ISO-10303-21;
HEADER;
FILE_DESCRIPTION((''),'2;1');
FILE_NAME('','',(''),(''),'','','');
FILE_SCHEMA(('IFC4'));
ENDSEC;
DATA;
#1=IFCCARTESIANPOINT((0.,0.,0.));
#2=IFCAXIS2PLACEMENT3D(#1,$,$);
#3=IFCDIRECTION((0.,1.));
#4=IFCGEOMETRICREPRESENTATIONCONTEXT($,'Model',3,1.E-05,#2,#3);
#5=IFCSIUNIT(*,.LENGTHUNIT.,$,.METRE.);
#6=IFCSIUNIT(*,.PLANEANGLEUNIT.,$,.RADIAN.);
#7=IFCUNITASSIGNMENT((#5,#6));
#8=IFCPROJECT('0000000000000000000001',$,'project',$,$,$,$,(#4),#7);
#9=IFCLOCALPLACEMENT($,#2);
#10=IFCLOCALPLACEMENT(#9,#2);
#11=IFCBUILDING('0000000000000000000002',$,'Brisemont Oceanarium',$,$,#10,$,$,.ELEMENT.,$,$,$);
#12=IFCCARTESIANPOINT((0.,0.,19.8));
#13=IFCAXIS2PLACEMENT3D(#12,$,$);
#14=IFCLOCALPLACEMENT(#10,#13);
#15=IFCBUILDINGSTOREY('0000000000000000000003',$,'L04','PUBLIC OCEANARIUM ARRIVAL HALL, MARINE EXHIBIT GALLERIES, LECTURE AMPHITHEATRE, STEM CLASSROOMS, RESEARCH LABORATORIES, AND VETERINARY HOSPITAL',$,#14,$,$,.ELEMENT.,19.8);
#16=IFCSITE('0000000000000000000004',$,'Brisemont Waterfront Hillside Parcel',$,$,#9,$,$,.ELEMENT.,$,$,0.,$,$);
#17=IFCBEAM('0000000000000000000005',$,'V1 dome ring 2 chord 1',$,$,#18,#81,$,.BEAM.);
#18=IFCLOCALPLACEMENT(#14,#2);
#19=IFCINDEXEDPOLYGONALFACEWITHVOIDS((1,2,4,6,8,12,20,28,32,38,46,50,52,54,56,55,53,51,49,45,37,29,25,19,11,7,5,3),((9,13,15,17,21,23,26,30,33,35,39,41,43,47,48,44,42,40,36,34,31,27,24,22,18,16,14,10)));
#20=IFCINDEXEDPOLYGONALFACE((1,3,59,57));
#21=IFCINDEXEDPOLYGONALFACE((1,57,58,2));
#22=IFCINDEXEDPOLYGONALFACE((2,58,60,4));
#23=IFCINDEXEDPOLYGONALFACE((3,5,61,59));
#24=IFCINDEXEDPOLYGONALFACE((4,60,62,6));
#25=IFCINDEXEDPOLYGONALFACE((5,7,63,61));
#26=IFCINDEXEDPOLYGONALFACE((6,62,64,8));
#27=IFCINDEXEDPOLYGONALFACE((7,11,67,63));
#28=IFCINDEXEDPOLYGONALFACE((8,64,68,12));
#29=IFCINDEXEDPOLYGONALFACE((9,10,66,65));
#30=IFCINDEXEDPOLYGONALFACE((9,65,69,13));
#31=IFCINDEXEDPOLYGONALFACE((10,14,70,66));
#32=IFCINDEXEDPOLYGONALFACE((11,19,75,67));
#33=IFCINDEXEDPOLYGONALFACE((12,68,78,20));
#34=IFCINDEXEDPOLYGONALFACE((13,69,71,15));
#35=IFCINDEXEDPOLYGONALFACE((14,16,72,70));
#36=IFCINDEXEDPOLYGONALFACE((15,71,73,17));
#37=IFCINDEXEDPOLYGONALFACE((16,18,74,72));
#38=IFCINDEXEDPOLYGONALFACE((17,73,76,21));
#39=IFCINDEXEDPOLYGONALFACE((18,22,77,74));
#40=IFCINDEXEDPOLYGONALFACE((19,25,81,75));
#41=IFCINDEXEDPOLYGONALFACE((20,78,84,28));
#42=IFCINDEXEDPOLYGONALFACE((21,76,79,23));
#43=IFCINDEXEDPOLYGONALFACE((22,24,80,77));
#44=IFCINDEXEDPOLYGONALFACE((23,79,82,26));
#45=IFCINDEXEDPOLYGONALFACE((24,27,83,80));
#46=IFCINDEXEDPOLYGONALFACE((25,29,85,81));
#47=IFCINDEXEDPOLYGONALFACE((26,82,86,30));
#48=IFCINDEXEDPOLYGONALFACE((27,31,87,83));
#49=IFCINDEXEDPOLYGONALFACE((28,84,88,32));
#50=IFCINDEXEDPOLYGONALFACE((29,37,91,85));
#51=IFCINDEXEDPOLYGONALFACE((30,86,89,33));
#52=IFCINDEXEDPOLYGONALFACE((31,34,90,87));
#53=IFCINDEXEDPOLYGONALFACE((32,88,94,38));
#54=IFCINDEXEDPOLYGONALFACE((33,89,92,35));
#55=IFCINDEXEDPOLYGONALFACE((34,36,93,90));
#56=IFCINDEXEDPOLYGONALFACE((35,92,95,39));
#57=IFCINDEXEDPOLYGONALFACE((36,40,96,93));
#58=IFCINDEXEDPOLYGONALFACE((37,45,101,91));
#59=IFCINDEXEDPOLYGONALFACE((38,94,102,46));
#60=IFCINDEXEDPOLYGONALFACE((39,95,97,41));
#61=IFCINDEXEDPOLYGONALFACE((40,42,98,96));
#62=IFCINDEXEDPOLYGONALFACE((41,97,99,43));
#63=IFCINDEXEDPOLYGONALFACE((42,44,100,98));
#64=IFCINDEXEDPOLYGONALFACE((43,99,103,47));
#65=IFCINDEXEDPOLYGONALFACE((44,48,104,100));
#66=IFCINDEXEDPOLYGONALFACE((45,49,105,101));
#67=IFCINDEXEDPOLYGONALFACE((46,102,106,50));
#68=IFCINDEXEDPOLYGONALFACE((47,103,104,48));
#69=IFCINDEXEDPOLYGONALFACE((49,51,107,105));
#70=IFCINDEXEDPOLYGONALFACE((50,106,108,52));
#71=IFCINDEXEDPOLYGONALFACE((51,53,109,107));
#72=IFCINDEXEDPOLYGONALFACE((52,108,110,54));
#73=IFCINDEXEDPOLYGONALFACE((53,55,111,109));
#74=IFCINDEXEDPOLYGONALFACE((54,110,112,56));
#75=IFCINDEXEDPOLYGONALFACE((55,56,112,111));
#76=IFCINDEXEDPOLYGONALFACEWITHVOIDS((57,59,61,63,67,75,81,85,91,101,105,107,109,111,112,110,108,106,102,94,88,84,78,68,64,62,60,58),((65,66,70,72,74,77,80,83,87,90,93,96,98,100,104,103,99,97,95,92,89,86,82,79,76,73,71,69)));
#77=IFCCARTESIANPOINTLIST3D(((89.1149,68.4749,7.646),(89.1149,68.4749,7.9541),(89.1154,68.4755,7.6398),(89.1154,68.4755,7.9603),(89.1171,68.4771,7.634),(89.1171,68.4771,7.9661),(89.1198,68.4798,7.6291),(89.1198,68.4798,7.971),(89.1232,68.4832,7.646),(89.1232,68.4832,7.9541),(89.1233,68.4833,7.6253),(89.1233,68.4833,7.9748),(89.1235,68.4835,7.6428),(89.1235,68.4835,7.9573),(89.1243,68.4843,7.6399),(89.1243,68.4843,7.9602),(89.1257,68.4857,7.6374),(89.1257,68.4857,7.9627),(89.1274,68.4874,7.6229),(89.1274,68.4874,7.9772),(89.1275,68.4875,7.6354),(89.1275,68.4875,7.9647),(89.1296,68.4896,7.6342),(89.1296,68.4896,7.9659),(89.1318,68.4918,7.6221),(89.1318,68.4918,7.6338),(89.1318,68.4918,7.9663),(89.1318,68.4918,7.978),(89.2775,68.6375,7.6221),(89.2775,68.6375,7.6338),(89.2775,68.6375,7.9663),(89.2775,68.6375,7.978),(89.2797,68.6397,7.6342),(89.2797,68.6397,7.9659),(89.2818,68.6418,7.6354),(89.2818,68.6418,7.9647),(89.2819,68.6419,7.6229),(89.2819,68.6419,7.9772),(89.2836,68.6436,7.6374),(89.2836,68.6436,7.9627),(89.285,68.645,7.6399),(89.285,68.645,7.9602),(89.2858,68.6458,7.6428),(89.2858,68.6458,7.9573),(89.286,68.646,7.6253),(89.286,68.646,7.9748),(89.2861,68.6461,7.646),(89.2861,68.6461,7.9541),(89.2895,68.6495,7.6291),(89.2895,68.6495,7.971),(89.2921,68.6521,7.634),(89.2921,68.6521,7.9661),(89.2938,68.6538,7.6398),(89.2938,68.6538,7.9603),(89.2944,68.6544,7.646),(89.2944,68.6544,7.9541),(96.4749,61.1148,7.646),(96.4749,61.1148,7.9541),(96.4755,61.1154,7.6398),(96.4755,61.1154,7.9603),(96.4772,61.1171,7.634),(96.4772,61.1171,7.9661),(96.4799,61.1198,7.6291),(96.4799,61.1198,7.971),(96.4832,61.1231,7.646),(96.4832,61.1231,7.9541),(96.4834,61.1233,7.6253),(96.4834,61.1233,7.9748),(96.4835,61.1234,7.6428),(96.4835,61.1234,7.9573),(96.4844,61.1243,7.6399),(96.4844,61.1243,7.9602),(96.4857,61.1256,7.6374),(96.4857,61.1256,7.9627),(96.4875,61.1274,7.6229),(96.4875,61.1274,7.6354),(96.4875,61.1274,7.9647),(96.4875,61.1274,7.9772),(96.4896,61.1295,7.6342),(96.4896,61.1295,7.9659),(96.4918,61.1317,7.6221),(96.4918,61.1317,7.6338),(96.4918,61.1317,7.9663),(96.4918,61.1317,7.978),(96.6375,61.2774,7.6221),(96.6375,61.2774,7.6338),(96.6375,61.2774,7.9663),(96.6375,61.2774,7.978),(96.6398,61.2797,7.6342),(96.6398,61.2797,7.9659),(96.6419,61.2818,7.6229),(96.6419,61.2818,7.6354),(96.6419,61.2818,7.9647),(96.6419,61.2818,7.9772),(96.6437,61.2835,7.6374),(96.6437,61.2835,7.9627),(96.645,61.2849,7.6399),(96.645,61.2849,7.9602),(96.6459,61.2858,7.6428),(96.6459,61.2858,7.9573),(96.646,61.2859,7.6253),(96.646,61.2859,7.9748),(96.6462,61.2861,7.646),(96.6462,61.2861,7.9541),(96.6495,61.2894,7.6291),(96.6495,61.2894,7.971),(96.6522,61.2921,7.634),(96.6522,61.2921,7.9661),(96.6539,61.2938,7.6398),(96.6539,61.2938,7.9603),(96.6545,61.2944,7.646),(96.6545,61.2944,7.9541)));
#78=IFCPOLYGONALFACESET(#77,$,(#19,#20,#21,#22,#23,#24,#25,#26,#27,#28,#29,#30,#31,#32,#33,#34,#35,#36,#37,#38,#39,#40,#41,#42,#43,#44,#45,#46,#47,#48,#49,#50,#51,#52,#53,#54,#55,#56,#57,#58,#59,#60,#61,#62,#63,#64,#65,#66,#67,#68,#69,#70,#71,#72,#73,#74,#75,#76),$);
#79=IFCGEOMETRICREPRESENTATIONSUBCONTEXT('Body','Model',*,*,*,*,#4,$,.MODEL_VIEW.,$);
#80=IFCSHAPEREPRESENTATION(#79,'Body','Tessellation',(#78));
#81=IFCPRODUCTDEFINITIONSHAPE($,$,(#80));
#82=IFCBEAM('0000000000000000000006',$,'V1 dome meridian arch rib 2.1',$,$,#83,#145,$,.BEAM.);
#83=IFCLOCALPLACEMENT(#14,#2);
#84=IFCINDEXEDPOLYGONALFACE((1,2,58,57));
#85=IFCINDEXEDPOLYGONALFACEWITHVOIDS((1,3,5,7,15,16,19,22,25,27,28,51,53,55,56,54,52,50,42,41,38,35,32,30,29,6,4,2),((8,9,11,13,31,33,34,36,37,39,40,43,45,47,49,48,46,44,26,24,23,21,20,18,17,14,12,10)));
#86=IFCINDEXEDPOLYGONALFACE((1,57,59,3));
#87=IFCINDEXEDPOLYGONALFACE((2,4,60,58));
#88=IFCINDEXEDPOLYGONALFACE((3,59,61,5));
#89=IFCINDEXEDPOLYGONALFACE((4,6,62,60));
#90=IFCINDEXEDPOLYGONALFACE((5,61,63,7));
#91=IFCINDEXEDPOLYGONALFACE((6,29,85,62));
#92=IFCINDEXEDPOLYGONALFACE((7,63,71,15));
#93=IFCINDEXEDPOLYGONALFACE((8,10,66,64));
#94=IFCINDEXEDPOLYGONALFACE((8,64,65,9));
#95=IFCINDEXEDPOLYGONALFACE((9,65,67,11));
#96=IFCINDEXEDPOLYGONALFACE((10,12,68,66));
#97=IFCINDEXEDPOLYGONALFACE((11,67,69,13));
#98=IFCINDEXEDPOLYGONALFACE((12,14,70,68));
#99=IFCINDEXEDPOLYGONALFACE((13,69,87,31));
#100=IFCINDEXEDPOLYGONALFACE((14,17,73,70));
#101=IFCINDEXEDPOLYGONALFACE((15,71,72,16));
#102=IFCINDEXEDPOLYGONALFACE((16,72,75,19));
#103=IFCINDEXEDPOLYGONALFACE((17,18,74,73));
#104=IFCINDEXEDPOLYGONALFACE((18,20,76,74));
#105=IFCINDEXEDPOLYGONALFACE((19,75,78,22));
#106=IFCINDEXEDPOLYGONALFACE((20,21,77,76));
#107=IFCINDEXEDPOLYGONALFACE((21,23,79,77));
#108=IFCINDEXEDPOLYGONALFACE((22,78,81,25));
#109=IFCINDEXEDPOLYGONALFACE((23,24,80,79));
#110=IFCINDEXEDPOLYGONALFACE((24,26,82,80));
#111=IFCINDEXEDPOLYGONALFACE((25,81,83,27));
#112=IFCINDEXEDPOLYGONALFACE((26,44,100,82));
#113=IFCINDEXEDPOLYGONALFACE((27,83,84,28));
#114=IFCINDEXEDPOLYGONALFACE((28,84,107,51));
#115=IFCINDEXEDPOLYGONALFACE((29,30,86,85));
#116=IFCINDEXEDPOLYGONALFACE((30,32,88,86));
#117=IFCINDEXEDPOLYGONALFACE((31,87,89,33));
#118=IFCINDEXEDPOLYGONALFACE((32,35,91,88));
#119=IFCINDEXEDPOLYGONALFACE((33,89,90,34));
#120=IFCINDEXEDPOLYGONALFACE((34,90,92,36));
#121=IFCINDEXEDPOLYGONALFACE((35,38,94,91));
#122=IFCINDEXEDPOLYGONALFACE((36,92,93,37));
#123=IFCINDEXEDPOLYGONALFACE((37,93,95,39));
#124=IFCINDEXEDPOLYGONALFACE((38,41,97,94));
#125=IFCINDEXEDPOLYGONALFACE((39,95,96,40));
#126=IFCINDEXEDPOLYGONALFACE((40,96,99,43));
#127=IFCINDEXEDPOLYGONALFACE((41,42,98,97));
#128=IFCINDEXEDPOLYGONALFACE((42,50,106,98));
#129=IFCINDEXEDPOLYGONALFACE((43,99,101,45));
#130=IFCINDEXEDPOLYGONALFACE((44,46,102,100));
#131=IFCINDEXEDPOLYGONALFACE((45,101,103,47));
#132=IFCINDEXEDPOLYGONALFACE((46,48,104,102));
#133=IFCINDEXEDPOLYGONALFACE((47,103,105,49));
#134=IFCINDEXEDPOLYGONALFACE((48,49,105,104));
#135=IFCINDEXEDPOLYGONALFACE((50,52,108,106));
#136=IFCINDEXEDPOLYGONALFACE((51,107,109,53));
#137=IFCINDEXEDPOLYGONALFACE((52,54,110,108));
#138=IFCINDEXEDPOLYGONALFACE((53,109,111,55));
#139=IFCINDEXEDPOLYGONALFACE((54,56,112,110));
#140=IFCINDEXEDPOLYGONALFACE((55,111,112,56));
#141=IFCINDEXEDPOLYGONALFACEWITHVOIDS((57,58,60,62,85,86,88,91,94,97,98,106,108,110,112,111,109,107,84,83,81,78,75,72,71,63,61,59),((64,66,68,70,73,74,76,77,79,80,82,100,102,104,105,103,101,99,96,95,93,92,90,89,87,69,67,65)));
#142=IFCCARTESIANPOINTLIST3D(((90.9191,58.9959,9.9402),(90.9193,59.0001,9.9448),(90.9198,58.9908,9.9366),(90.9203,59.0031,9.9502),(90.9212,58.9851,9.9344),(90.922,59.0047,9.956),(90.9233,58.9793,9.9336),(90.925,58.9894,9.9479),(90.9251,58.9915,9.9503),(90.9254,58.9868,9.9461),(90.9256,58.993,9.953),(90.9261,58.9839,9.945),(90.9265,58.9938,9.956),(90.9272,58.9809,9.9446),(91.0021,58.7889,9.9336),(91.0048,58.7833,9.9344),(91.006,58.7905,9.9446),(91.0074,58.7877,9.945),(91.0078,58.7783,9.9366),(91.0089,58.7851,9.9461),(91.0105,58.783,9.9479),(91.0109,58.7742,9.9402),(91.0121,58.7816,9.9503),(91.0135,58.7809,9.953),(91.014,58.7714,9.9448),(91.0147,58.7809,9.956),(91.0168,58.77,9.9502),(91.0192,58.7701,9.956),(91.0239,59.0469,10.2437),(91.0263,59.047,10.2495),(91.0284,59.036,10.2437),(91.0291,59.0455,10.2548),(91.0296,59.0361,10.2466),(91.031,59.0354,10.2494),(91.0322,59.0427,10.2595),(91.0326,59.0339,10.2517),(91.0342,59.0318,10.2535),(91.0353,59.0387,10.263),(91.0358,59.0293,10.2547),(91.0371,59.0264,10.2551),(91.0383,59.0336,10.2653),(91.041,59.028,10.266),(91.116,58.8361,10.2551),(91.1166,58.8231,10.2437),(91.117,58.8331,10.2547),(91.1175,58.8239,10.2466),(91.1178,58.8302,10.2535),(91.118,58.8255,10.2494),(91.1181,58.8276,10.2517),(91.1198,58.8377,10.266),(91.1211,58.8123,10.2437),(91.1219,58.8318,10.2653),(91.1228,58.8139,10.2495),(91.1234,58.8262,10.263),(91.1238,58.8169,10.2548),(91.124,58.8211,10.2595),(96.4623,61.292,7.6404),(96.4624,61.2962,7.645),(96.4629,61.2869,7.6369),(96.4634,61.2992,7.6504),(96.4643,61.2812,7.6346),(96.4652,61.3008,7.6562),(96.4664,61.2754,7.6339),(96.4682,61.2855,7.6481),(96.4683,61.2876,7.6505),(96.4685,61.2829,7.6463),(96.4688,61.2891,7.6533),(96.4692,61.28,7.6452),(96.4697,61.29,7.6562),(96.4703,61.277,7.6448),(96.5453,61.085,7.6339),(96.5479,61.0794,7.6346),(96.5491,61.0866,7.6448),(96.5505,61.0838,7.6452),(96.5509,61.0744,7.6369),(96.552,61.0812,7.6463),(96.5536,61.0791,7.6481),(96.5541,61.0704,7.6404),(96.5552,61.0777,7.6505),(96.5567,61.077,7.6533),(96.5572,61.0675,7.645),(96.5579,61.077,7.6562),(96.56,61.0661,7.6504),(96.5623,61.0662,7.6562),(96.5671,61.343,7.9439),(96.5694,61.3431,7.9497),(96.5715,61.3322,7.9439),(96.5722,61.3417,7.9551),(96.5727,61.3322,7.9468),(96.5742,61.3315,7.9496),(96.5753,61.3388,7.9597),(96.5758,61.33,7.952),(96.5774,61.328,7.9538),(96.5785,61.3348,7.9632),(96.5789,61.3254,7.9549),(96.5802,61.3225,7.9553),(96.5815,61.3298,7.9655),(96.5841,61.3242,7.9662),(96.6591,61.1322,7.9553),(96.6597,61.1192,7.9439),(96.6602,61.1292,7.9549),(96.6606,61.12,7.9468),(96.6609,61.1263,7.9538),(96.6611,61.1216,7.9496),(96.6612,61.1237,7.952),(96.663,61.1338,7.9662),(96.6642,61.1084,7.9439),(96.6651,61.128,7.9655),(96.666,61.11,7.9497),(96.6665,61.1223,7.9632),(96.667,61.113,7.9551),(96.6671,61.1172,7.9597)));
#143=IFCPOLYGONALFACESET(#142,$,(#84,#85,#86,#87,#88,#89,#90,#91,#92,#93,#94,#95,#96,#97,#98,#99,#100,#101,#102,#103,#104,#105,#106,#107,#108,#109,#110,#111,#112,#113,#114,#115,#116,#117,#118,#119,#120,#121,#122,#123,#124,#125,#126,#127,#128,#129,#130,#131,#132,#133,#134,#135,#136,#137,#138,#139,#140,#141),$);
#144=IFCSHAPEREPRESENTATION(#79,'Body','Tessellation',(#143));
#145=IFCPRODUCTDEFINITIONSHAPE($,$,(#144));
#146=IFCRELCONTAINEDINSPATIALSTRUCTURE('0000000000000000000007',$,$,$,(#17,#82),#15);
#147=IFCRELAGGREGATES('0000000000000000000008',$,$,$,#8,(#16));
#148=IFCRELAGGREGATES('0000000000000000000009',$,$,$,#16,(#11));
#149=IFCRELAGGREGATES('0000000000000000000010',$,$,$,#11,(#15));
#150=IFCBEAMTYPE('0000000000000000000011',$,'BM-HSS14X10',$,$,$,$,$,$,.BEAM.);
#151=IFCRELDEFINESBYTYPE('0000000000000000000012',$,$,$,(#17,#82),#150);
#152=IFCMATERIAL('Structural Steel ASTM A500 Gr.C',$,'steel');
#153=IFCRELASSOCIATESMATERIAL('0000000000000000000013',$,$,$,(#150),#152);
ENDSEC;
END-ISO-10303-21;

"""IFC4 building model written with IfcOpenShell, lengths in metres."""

from ifc_helpers import new_model, si_unit, direction, frame, origin, origin_2d, place, context, subcontext, project, spatial, hollow_rectangle, extrude, material, material_profile, profile_set, type_object, element, save


model = new_model("IFC4")

# Units and contexts
model_context = context("Model", 3, precision=1e-05, world=origin(), true_north=direction((0.0, 1.0)))
body_context = subcontext(model_context, "Body", "Model", "MODEL_VIEW")
ifc_project = project(units=[si_unit("LENGTHUNIT", "METRE"), si_unit("PLANEANGLEUNIT", "RADIAN")], contexts=[model_context])

# Site, building, storey
site_placement = place(None, origin())
site = spatial("IfcSite", under=ifc_project, at=site_placement, Name="Brisemont Waterfront Hillside Parcel", CompositionType="ELEMENT", RefElevation=0.0)
building_placement = place(site_placement, origin())
building = spatial("IfcBuilding", under=site, at=building_placement, Name="Brisemont Oceanarium", CompositionType="ELEMENT")
storey_placement = place(building_placement, frame((0.0, 0.0, 19.8)))
storey = spatial("IfcBuildingStorey", under=building, at=storey_placement, Name="L04", Description="PUBLIC OCEANARIUM ARRIVAL HALL, MARINE EXHIBIT GALLERIES, LECTURE AMPHITHEATRE, STEM CLASSROOMS, RESEARCH LABORATORIES, AND VETERINARY HOSPITAL", CompositionType="ELEMENT", Elevation=19.8)

# Beams
ifc_material_1 = material(Name="Structural Steel ASTM A500 Gr.C", Category="steel")
ifc_material_profile_1 = material_profile(ifc_material_1, hollow_rectangle(XDim=0.2539, YDim=0.356, WallThickness=0.0117, InnerFilletRadius=0.0122, OuterFilletRadius=0.0239, at=origin_2d()), Name="HSS14X10X1/2")
ifc_profile_set_1 = profile_set([ifc_material_profile_1], Name="Structural Steel ASTM A500 Gr.C")
beam_type_1 = type_object("IfcBeamType", Name="BM-HSS14X10", PredefinedType="BEAM", material=ifc_profile_set_1)
beam_1_placement = place(storey_placement, frame((96.5647, 61.2046, 7.8), z_axis=(-0.707107, 0.707107, 0.0), x_axis=(-0.707107, -0.707107, 0.0)))
element("IfcBeam", 1, at=beam_1_placement, inside=storey, type_object=beam_type_1, Name="V1 dome ring 2 chord 1", PredefinedType="BEAM", context=body_context, shape_type="SweptSolid", body=[
    extrude(hollow_rectangle(XDim=0.2539, YDim=0.356, WallThickness=0.0117, InnerFilletRadius=0.0122, OuterFilletRadius=0.0239, at=origin_2d()), origin(), (0.0, 0.0, 1.0), 10.4087),
])
beam_2_placement = place(storey_placement, frame((96.5647, 61.2046, 7.8), z_axis=(-0.862674, -0.357342, 0.357912), x_axis=(0.382693, -0.923875, 0.0)))
element("IfcBeam", 2, at=beam_2_placement, inside=storey, type_object=beam_type_1, Name="V1 dome meridian arch rib 2.1", PredefinedType="BEAM", context=body_context, shape_type="SweptSolid", body=[
    extrude(hollow_rectangle(XDim=0.2539, YDim=0.356, WallThickness=0.0117, InnerFilletRadius=0.0122, OuterFilletRadius=0.0239, at=origin_2d()), origin(), (0.0, 0.0, 1.0), 6.4255),
])

save(model, "model.ifc")
